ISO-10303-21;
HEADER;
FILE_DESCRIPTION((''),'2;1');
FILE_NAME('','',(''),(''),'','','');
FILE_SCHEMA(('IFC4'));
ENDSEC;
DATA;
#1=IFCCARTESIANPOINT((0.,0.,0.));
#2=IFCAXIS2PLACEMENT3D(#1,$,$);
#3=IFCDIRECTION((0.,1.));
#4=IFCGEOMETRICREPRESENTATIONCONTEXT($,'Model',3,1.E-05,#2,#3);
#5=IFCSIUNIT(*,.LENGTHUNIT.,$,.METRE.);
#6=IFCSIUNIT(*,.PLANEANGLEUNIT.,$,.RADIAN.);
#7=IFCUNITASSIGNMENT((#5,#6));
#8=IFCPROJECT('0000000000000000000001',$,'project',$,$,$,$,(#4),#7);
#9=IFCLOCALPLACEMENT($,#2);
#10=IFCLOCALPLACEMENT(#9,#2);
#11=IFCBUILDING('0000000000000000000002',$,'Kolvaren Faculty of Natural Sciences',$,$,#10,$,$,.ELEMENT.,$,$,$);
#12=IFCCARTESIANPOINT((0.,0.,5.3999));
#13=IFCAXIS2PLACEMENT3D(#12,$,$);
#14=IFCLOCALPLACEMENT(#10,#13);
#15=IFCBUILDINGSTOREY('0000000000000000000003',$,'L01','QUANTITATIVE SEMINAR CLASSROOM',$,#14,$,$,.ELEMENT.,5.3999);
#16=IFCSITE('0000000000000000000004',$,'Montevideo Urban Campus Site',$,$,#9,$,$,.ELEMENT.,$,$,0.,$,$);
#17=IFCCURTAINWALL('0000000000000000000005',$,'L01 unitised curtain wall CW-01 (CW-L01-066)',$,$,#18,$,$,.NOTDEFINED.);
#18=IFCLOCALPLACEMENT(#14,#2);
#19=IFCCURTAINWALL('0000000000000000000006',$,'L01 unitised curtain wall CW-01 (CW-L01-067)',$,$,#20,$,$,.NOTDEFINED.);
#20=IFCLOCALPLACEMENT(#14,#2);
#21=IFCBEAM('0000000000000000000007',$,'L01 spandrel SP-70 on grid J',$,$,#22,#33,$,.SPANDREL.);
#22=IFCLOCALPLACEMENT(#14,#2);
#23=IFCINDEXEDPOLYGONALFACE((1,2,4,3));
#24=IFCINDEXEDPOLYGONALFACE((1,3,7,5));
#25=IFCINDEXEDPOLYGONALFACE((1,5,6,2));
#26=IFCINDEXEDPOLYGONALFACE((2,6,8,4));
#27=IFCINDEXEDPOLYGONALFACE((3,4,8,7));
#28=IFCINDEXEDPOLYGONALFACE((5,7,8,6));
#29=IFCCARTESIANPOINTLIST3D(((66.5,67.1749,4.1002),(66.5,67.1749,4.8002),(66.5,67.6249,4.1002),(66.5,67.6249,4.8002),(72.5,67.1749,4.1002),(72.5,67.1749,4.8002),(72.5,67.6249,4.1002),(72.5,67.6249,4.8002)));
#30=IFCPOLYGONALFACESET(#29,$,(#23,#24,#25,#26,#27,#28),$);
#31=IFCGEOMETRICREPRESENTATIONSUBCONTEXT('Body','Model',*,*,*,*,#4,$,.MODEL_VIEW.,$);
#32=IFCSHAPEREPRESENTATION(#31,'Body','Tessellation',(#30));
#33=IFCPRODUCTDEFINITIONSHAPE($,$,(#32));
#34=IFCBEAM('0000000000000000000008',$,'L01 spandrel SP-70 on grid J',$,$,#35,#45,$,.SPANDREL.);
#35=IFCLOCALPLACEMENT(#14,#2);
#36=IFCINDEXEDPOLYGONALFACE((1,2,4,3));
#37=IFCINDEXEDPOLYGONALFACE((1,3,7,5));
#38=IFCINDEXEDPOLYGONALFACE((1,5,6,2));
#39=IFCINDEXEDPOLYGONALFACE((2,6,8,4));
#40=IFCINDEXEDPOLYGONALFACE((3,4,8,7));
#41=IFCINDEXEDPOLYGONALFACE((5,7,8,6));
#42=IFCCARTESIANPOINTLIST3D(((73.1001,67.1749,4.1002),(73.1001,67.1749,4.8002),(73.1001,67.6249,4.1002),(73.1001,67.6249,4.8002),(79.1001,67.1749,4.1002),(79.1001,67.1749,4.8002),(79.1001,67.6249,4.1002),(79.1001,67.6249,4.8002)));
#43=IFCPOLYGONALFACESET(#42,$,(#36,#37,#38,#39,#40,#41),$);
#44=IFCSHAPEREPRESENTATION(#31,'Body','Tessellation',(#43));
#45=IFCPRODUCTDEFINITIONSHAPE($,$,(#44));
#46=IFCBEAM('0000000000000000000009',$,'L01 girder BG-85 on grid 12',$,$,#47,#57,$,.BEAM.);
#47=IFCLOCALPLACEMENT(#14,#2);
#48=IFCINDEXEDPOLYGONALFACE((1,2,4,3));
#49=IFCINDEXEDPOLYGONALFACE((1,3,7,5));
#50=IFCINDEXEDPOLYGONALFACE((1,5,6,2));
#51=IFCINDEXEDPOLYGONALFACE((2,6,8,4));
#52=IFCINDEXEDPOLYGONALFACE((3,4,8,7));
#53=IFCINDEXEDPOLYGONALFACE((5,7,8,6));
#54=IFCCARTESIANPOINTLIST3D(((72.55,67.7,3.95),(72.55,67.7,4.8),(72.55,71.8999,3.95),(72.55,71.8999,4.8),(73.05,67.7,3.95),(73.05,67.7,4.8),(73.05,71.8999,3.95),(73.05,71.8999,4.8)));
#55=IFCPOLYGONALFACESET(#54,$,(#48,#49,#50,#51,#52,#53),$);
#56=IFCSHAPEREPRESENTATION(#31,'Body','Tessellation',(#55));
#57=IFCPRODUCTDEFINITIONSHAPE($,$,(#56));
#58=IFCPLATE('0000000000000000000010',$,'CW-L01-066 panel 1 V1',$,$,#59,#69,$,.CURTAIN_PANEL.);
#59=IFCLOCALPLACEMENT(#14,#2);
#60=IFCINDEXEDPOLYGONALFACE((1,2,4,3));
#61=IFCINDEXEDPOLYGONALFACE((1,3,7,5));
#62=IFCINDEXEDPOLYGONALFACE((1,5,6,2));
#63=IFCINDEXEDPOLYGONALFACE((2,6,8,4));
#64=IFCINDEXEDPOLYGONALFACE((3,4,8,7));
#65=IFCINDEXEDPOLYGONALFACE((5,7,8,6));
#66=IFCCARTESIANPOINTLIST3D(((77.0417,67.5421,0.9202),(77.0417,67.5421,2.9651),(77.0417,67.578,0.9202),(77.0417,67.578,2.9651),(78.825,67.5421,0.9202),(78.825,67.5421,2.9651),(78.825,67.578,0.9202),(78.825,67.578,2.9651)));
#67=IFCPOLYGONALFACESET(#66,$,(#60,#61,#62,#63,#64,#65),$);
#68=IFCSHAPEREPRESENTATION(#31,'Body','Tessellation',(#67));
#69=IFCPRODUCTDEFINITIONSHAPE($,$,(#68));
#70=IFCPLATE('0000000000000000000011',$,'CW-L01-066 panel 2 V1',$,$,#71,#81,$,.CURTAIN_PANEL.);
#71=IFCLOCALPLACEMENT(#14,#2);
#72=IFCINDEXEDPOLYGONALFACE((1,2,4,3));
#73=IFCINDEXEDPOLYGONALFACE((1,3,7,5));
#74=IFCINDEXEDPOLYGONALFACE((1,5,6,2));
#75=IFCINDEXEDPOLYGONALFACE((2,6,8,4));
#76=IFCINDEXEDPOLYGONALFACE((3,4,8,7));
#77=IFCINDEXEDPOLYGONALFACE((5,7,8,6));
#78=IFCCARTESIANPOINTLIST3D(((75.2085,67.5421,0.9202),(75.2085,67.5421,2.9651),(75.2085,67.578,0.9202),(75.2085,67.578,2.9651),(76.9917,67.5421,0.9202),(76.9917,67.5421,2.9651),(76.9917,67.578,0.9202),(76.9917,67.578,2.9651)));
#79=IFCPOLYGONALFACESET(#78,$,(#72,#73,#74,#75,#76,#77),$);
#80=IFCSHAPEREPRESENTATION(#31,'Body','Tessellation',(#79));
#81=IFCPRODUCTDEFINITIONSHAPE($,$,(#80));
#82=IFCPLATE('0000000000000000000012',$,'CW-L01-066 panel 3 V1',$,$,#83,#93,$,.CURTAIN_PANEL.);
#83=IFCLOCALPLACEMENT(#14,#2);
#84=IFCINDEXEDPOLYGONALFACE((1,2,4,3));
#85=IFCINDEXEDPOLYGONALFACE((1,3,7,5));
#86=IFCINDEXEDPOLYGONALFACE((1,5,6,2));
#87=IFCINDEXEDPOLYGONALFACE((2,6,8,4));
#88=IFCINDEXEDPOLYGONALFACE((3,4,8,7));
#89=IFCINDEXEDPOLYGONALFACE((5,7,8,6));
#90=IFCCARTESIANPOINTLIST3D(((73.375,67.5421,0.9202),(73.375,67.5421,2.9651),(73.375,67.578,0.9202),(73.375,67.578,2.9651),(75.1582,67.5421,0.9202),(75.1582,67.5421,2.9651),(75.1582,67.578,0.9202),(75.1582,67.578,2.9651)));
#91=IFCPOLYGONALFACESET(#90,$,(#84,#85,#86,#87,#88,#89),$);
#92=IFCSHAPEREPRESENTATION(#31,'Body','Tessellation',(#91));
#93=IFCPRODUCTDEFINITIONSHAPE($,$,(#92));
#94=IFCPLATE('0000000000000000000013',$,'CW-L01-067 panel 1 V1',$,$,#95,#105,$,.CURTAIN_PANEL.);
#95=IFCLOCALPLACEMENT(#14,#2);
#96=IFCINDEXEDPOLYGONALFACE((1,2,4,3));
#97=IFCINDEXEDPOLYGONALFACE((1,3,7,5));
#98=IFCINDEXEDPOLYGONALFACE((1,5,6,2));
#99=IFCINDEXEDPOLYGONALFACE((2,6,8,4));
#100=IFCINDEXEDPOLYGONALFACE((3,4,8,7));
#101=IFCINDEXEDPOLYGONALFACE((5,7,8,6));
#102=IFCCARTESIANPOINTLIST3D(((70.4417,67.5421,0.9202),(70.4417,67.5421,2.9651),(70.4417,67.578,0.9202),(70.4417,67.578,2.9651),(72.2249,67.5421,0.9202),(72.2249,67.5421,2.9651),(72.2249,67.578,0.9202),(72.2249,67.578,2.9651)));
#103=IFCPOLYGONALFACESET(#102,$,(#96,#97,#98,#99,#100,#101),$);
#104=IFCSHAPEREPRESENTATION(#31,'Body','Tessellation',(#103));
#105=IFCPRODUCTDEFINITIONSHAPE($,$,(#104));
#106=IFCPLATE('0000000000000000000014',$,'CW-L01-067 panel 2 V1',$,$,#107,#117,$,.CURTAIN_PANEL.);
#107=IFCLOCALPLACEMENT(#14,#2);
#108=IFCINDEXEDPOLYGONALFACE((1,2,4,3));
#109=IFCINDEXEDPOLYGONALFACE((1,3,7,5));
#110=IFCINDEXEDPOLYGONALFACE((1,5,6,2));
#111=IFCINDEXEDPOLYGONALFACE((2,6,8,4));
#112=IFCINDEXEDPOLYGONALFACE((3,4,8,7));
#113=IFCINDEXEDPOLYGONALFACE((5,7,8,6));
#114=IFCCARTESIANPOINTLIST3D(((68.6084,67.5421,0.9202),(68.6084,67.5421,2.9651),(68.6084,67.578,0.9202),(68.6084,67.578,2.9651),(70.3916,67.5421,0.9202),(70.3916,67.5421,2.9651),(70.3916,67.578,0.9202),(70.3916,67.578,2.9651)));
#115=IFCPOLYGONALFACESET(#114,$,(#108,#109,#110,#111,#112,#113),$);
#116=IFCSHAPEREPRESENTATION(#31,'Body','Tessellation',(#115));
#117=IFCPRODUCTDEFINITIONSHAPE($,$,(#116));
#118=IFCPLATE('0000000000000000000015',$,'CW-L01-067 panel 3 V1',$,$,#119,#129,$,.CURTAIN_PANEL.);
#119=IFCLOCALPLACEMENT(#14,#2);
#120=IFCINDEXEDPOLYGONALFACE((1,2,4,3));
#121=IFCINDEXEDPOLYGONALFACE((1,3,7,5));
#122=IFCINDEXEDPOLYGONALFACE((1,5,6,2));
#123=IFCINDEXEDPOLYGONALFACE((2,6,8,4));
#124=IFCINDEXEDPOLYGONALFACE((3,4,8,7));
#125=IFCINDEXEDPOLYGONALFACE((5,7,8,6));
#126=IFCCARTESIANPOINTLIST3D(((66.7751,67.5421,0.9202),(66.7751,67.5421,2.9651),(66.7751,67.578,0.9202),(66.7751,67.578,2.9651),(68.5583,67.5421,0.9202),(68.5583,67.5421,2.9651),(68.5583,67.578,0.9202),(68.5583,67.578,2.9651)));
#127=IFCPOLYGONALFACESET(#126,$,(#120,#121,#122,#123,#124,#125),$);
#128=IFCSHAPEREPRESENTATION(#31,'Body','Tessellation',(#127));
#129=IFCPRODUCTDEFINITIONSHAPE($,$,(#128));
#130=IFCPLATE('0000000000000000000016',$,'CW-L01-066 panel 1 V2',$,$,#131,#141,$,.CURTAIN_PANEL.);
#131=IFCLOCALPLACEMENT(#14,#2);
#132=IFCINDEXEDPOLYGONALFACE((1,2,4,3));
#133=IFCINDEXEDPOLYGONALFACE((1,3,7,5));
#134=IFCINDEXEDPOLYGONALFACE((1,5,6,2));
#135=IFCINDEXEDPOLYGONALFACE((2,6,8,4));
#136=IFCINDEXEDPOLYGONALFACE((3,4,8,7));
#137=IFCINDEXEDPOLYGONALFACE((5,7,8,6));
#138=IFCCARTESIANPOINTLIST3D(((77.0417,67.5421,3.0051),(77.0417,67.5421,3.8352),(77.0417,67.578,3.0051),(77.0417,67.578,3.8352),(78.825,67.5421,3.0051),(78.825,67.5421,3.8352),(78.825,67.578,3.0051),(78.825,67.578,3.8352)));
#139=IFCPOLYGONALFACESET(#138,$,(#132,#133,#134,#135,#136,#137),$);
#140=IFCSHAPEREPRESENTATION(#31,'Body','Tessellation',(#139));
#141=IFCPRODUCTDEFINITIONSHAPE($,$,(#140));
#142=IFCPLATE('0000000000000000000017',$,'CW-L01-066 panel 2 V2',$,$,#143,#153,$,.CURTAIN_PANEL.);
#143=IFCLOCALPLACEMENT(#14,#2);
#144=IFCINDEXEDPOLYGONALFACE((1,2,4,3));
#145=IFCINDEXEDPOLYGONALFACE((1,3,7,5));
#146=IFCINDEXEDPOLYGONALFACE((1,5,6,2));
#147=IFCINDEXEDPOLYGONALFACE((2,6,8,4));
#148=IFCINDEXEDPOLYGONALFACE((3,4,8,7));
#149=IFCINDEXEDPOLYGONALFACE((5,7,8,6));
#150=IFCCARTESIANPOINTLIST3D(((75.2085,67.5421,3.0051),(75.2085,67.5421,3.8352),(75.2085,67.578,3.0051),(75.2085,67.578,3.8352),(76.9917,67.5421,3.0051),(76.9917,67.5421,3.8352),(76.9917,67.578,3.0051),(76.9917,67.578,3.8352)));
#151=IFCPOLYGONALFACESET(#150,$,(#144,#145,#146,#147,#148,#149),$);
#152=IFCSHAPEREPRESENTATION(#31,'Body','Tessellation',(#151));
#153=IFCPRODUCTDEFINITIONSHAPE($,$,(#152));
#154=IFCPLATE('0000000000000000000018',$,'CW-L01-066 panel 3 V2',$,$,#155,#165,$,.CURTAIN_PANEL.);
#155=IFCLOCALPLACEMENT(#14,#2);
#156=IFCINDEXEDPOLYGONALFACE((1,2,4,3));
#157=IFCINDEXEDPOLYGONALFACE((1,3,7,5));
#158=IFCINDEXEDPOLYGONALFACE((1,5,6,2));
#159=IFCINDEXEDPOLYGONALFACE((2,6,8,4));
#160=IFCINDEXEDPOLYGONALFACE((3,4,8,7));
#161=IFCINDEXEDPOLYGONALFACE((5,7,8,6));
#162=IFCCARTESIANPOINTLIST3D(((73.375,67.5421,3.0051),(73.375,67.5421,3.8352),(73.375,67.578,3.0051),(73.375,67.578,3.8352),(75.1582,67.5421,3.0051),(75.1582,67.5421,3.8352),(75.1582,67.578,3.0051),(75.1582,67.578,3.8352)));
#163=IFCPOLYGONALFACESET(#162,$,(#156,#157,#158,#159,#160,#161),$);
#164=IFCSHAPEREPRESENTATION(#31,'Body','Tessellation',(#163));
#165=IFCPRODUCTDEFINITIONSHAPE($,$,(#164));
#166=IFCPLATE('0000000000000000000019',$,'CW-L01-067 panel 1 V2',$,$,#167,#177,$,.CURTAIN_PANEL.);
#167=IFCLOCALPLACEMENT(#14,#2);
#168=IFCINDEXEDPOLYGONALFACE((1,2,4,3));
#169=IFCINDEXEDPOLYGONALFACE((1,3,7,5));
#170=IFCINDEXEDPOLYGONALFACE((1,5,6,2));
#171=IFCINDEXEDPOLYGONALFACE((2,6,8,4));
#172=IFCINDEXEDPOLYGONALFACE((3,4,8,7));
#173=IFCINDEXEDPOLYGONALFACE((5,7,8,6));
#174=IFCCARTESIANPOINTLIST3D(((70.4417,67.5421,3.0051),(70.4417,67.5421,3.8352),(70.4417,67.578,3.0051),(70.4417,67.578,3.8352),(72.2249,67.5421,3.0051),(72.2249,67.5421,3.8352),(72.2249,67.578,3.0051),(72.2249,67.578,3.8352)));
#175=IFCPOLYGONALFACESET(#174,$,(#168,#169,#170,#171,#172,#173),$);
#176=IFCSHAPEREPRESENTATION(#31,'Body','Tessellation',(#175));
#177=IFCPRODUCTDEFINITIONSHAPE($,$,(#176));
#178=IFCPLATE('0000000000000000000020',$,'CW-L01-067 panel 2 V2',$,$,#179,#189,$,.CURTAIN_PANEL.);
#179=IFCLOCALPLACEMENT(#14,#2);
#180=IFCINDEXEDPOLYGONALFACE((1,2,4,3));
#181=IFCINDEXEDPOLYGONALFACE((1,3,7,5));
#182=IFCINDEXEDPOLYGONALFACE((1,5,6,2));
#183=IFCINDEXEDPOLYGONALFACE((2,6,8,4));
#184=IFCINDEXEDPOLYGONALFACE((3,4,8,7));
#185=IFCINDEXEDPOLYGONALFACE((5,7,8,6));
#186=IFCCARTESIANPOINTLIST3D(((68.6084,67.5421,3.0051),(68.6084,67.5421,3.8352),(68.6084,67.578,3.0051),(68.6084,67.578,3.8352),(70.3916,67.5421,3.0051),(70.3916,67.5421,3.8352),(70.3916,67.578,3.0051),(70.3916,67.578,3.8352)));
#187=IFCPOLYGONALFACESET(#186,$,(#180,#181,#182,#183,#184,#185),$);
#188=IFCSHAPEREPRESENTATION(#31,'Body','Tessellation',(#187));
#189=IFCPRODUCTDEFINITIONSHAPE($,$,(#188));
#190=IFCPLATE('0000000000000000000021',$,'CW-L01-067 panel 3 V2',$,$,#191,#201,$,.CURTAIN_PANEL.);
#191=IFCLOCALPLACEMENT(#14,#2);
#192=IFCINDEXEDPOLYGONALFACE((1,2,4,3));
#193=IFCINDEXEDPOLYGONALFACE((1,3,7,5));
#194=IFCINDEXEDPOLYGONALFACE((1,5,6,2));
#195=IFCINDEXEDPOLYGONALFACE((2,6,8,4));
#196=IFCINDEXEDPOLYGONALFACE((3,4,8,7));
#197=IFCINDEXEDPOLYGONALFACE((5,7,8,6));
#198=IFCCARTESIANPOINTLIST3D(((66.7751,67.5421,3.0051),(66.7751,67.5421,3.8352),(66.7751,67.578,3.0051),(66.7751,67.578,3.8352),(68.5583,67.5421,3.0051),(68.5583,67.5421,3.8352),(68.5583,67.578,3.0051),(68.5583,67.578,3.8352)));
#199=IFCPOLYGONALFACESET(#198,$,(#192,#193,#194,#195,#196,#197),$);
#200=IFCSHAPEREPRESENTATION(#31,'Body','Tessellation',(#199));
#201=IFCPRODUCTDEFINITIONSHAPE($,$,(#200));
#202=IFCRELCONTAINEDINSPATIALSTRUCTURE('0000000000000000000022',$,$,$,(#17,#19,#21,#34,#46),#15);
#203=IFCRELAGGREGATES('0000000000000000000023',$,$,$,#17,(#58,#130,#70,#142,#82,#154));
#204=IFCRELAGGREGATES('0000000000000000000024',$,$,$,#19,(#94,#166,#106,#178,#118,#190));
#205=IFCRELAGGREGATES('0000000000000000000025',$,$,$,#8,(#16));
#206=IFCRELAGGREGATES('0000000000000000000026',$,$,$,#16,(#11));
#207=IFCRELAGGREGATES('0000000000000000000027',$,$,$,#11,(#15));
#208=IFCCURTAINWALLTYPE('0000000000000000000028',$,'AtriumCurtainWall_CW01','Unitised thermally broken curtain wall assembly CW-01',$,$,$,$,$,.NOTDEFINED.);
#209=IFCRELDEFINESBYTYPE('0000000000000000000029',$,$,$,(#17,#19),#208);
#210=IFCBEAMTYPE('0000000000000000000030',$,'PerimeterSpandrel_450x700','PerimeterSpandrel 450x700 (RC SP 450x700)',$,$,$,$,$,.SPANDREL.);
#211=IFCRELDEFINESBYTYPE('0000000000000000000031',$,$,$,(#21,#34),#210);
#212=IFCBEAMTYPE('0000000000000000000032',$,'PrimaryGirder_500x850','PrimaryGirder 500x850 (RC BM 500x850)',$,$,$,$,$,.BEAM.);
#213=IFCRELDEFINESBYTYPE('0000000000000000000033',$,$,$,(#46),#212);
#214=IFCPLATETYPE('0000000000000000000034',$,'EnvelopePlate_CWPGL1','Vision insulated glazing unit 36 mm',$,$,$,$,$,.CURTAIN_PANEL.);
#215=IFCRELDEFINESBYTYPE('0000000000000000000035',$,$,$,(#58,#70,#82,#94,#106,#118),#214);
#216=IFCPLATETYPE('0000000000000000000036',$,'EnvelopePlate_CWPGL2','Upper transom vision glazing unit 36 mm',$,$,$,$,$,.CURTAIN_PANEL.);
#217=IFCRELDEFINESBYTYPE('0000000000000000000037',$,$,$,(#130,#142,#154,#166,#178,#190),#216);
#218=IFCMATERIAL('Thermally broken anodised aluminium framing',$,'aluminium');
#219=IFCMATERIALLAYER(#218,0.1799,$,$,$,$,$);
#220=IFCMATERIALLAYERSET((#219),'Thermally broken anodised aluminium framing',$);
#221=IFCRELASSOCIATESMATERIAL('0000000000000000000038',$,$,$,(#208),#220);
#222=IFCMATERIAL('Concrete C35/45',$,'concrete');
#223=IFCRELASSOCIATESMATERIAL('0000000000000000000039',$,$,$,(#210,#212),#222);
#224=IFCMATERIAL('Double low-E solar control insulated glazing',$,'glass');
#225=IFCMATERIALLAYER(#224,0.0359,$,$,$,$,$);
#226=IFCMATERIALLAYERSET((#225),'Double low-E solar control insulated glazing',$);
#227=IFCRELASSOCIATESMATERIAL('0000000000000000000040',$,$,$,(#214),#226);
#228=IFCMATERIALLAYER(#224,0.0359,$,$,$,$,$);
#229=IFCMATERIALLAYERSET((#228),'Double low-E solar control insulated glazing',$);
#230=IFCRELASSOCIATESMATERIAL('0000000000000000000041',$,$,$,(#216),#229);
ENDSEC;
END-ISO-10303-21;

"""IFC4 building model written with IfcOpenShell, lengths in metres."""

from ifc_helpers import new_model, si_unit, direction, frame, origin, origin_2d, place, context, subcontext, project, spatial, rectangle, extrude, material, layer, layer_set, material_profile, profile_set, type_object, element, aggregate, save


model = new_model("IFC4")

# Units and contexts
model_context = context("Model", 3, precision=1e-05, world=origin(), true_north=direction((0.0, 1.0)))
body_context = subcontext(model_context, "Body", "Model", "MODEL_VIEW")
ifc_project = project(units=[si_unit("LENGTHUNIT", "METRE"), si_unit("PLANEANGLEUNIT", "RADIAN")], contexts=[model_context])

# Site, building, storey
site_placement = place(None, origin())
site = spatial("IfcSite", under=ifc_project, at=site_placement, Name="Montevideo Urban Campus Site", CompositionType="ELEMENT", RefElevation=0.0)
building_placement = place(site_placement, origin())
building = spatial("IfcBuilding", under=site, at=building_placement, Name="Kolvaren Faculty of Natural Sciences", CompositionType="ELEMENT")
storey_placement = place(building_placement, frame((0.0, 0.0, 5.3999)))
storey = spatial("IfcBuildingStorey", under=building, at=storey_placement, Name="L01", Description="QUANTITATIVE SEMINAR CLASSROOM", CompositionType="ELEMENT", Elevation=5.3999)

# Shared definitions
ifc_material_1 = material(Name="Concrete C35/45", Category="concrete")

# Curtain walls
ifc_material_2 = material(Name="Thermally broken anodised aluminium framing", Category="aluminium")
ifc_layer_1 = layer(ifc_material_2, 0.1799)
ifc_layer_set_1 = layer_set([ifc_layer_1], Name="Thermally broken anodised aluminium framing")
curtain_wall_type = type_object("IfcCurtainWallType", Name="AtriumCurtainWall_CW01", Description="Unitised thermally broken curtain wall assembly CW-01", PredefinedType="NOTDEFINED", material=ifc_layer_set_1)
curtain_wall_1_placement = place(storey_placement, origin())
curtain_wall_1 = element("IfcCurtainWall", 1, at=curtain_wall_1_placement, inside=storey, type_object=curtain_wall_type, Name="L01 unitised curtain wall CW-01 (CW-L01-066)", PredefinedType="NOTDEFINED")
curtain_wall_2_placement = place(storey_placement, origin())
curtain_wall_2 = element("IfcCurtainWall", 2, at=curtain_wall_2_placement, inside=storey, type_object=curtain_wall_type, Name="L01 unitised curtain wall CW-01 (CW-L01-067)", PredefinedType="NOTDEFINED")

# Beams
ifc_material_profile_1 = material_profile(ifc_material_1, rectangle(XDim=0.45, YDim=0.7, at=origin_2d()), Name="RC SP 450x700")
ifc_profile_set_1 = profile_set([ifc_material_profile_1], Name="Concrete C35/45")
beam_type_1 = type_object("IfcBeamType", Name="PerimeterSpandrel_450x700", Description="PerimeterSpandrel 450x700 (RC SP 450x700)", PredefinedType="SPANDREL", material=ifc_profile_set_1)
for number, where, z_axis, x_axis, name in (
    (3, (66.5, 67.3999, 4.4502), (1.0, 0.0, 0.0), (0.0, 1.0, 0.0), "L01 spandrel SP-70 on grid J"),
    (4, (73.1001, 67.3999, 4.4502), (1.0, 0.0, 0.0), (0.0, 1.0, 0.0), "L01 spandrel SP-70 on grid J"),
):
    element("IfcBeam", number, at=place(storey_placement, frame(where, z_axis=z_axis, x_axis=x_axis)), inside=storey, type_object=beam_type_1, Name=name, PredefinedType="SPANDREL", context=body_context, shape_type="SweptSolid", body=[
        extrude(rectangle(XDim=0.45, YDim=0.7, at=origin_2d()), origin(), (0.0, 0.0, 1.0), 6.0),
    ])
ifc_material_profile_2 = material_profile(ifc_material_1, rectangle(XDim=0.5, YDim=0.8501, at=origin_2d()), Name="RC BM 500x850")
ifc_profile_set_2 = profile_set([ifc_material_profile_2], Name="Concrete C35/45")
beam_type_2 = type_object("IfcBeamType", Name="PrimaryGirder_500x850", Description="PrimaryGirder 500x850 (RC BM 500x850)", PredefinedType="BEAM", material=ifc_profile_set_2)
beam_placement = place(storey_placement, frame((72.8, 67.7, 4.375), z_axis=(0.0, 1.0, 0.0), x_axis=(-1.0, 0.0, 0.0)))
element("IfcBeam", 5, at=beam_placement, inside=storey, type_object=beam_type_2, Name="L01 girder BG-85 on grid 12", PredefinedType="BEAM", context=body_context, shape_type="SweptSolid", body=[
    extrude(rectangle(XDim=0.5, YDim=0.8501, at=origin_2d()), origin(), (0.0, 0.0, 1.0), 4.2),
])

# Plates
ifc_material_3 = material(Name="Double low-E solar control insulated glazing", Category="glass")
ifc_layer_2 = layer(ifc_material_3, 0.0359)
ifc_layer_set_2 = layer_set([ifc_layer_2], Name="Double low-E solar control insulated glazing")
plate_type_1 = type_object("IfcPlateType", Name="EnvelopePlate_CWPGL1", Description="Vision insulated glazing unit 36 mm", PredefinedType="CURTAIN_PANEL", material=ifc_layer_set_2)
plate_1_placement = place(storey_placement, frame((77.9333, 67.5601, 0.9202), z_axis=(0.0, 0.0, 1.0), x_axis=(-1.0, 0.0, 0.0)))
plate_1 = element("IfcPlate", 6, at=plate_1_placement, type_object=plate_type_1, Name="CW-L01-066 panel 1 V1", PredefinedType="CURTAIN_PANEL", context=body_context, shape_type="SweptSolid", body=[
    extrude(rectangle(XDim=1.7832, YDim=0.0359, at=origin_2d()), origin(), (0.0, 0.0, 1.0), 2.0449),
])
plate_2_placement = place(storey_placement, frame((76.1001, 67.5601, 0.9202), z_axis=(0.0, 0.0, 1.0), x_axis=(-1.0, 0.0, 0.0)))
plate_2 = element("IfcPlate", 7, at=plate_2_placement, type_object=plate_type_1, Name="CW-L01-066 panel 2 V1", PredefinedType="CURTAIN_PANEL", context=body_context, shape_type="SweptSolid", body=[
    extrude(rectangle(XDim=1.7832, YDim=0.0359, at=origin_2d()), origin(), (0.0, 0.0, 1.0), 2.0449),
])
plate_3_placement = place(storey_placement, frame((74.2666, 67.5601, 0.9202), z_axis=(0.0, 0.0, 1.0), x_axis=(-1.0, 0.0, 0.0)))
plate_3 = element("IfcPlate", 8, at=plate_3_placement, type_object=plate_type_1, Name="CW-L01-066 panel 3 V1", PredefinedType="CURTAIN_PANEL", context=body_context, shape_type="SweptSolid", body=[
    extrude(rectangle(XDim=1.7832, YDim=0.0359, at=origin_2d()), origin(), (0.0, 0.0, 1.0), 2.0449),
])
plate_4_placement = place(storey_placement, frame((71.3333, 67.5601, 0.9202), z_axis=(0.0, 0.0, 1.0), x_axis=(-1.0, 0.0, 0.0)))
plate_4 = element("IfcPlate", 9, at=plate_4_placement, type_object=plate_type_1, Name="CW-L01-067 panel 1 V1", PredefinedType="CURTAIN_PANEL", context=body_context, shape_type="SweptSolid", body=[
    extrude(rectangle(XDim=1.7832, YDim=0.0359, at=origin_2d()), origin(), (0.0, 0.0, 1.0), 2.0449),
])
plate_5_placement = place(storey_placement, frame((69.5, 67.5601, 0.9202), z_axis=(0.0, 0.0, 1.0), x_axis=(-1.0, 0.0, 0.0)))
plate_5 = element("IfcPlate", 10, at=plate_5_placement, type_object=plate_type_1, Name="CW-L01-067 panel 2 V1", PredefinedType="CURTAIN_PANEL", context=body_context, shape_type="SweptSolid", body=[
    extrude(rectangle(XDim=1.7832, YDim=0.0359, at=origin_2d()), origin(), (0.0, 0.0, 1.0), 2.0449),
])
plate_6_placement = place(storey_placement, frame((67.6667, 67.5601, 0.9202), z_axis=(0.0, 0.0, 1.0), x_axis=(-1.0, 0.0, 0.0)))
plate_6 = element("IfcPlate", 11, at=plate_6_placement, type_object=plate_type_1, Name="CW-L01-067 panel 3 V1", PredefinedType="CURTAIN_PANEL", context=body_context, shape_type="SweptSolid", body=[
    extrude(rectangle(XDim=1.7832, YDim=0.0359, at=origin_2d()), origin(), (0.0, 0.0, 1.0), 2.0449),
])
ifc_layer_3 = layer(ifc_material_3, 0.0359)
ifc_layer_set_3 = layer_set([ifc_layer_3], Name="Double low-E solar control insulated glazing")
plate_type_2 = type_object("IfcPlateType", Name="EnvelopePlate_CWPGL2", Description="Upper transom vision glazing unit 36 mm", PredefinedType="CURTAIN_PANEL", material=ifc_layer_set_3)
plate_7_placement = place(storey_placement, frame((77.9333, 67.5601, 3.0051), z_axis=(0.0, 0.0, 1.0), x_axis=(-1.0, 0.0, 0.0)))
plate_7 = element("IfcPlate", 12, at=plate_7_placement, type_object=plate_type_2, Name="CW-L01-066 panel 1 V2", PredefinedType="CURTAIN_PANEL", context=body_context, shape_type="SweptSolid", body=[
    extrude(rectangle(XDim=1.7832, YDim=0.0359, at=origin_2d()), origin(), (0.0, 0.0, 1.0), 0.8301),
])
plate_8_placement = place(storey_placement, frame((76.1001, 67.5601, 3.0051), z_axis=(0.0, 0.0, 1.0), x_axis=(-1.0, 0.0, 0.0)))
plate_8 = element("IfcPlate", 13, at=plate_8_placement, type_object=plate_type_2, Name="CW-L01-066 panel 2 V2", PredefinedType="CURTAIN_PANEL", context=body_context, shape_type="SweptSolid", body=[
    extrude(rectangle(XDim=1.7832, YDim=0.0359, at=origin_2d()), origin(), (0.0, 0.0, 1.0), 0.8301),
])
plate_9_placement = place(storey_placement, frame((74.2666, 67.5601, 3.0051), z_axis=(0.0, 0.0, 1.0), x_axis=(-1.0, 0.0, 0.0)))
plate_9 = element("IfcPlate", 14, at=plate_9_placement, type_object=plate_type_2, Name="CW-L01-066 panel 3 V2", PredefinedType="CURTAIN_PANEL", context=body_context, shape_type="SweptSolid", body=[
    extrude(rectangle(XDim=1.7832, YDim=0.0359, at=origin_2d()), origin(), (0.0, 0.0, 1.0), 0.8301),
])
plate_10_placement = place(storey_placement, frame((71.3333, 67.5601, 3.0051), z_axis=(0.0, 0.0, 1.0), x_axis=(-1.0, 0.0, 0.0)))
plate_10 = element("IfcPlate", 15, at=plate_10_placement, type_object=plate_type_2, Name="CW-L01-067 panel 1 V2", PredefinedType="CURTAIN_PANEL", context=body_context, shape_type="SweptSolid", body=[
    extrude(rectangle(XDim=1.7832, YDim=0.0359, at=origin_2d()), origin(), (0.0, 0.0, 1.0), 0.8301),
])
plate_11_placement = place(storey_placement, frame((69.5, 67.5601, 3.0051), z_axis=(0.0, 0.0, 1.0), x_axis=(-1.0, 0.0, 0.0)))
plate_11 = element("IfcPlate", 16, at=plate_11_placement, type_object=plate_type_2, Name="CW-L01-067 panel 2 V2", PredefinedType="CURTAIN_PANEL", context=body_context, shape_type="SweptSolid", body=[
    extrude(rectangle(XDim=1.7832, YDim=0.0359, at=origin_2d()), origin(), (0.0, 0.0, 1.0), 0.8301),
])
plate_12_placement = place(storey_placement, frame((67.6667, 67.5601, 3.0051), z_axis=(0.0, 0.0, 1.0), x_axis=(-1.0, 0.0, 0.0)))
plate_12 = element("IfcPlate", 17, at=plate_12_placement, type_object=plate_type_2, Name="CW-L01-067 panel 3 V2", PredefinedType="CURTAIN_PANEL", context=body_context, shape_type="SweptSolid", body=[
    extrude(rectangle(XDim=1.7832, YDim=0.0359, at=origin_2d()), origin(), (0.0, 0.0, 1.0), 0.8301),
])
aggregate(curtain_wall_1, [plate_1, plate_7, plate_2, plate_8, plate_3, plate_9])
aggregate(curtain_wall_2, [plate_4, plate_10, plate_5, plate_11, plate_6, plate_12])

save(model, "model.ifc")
